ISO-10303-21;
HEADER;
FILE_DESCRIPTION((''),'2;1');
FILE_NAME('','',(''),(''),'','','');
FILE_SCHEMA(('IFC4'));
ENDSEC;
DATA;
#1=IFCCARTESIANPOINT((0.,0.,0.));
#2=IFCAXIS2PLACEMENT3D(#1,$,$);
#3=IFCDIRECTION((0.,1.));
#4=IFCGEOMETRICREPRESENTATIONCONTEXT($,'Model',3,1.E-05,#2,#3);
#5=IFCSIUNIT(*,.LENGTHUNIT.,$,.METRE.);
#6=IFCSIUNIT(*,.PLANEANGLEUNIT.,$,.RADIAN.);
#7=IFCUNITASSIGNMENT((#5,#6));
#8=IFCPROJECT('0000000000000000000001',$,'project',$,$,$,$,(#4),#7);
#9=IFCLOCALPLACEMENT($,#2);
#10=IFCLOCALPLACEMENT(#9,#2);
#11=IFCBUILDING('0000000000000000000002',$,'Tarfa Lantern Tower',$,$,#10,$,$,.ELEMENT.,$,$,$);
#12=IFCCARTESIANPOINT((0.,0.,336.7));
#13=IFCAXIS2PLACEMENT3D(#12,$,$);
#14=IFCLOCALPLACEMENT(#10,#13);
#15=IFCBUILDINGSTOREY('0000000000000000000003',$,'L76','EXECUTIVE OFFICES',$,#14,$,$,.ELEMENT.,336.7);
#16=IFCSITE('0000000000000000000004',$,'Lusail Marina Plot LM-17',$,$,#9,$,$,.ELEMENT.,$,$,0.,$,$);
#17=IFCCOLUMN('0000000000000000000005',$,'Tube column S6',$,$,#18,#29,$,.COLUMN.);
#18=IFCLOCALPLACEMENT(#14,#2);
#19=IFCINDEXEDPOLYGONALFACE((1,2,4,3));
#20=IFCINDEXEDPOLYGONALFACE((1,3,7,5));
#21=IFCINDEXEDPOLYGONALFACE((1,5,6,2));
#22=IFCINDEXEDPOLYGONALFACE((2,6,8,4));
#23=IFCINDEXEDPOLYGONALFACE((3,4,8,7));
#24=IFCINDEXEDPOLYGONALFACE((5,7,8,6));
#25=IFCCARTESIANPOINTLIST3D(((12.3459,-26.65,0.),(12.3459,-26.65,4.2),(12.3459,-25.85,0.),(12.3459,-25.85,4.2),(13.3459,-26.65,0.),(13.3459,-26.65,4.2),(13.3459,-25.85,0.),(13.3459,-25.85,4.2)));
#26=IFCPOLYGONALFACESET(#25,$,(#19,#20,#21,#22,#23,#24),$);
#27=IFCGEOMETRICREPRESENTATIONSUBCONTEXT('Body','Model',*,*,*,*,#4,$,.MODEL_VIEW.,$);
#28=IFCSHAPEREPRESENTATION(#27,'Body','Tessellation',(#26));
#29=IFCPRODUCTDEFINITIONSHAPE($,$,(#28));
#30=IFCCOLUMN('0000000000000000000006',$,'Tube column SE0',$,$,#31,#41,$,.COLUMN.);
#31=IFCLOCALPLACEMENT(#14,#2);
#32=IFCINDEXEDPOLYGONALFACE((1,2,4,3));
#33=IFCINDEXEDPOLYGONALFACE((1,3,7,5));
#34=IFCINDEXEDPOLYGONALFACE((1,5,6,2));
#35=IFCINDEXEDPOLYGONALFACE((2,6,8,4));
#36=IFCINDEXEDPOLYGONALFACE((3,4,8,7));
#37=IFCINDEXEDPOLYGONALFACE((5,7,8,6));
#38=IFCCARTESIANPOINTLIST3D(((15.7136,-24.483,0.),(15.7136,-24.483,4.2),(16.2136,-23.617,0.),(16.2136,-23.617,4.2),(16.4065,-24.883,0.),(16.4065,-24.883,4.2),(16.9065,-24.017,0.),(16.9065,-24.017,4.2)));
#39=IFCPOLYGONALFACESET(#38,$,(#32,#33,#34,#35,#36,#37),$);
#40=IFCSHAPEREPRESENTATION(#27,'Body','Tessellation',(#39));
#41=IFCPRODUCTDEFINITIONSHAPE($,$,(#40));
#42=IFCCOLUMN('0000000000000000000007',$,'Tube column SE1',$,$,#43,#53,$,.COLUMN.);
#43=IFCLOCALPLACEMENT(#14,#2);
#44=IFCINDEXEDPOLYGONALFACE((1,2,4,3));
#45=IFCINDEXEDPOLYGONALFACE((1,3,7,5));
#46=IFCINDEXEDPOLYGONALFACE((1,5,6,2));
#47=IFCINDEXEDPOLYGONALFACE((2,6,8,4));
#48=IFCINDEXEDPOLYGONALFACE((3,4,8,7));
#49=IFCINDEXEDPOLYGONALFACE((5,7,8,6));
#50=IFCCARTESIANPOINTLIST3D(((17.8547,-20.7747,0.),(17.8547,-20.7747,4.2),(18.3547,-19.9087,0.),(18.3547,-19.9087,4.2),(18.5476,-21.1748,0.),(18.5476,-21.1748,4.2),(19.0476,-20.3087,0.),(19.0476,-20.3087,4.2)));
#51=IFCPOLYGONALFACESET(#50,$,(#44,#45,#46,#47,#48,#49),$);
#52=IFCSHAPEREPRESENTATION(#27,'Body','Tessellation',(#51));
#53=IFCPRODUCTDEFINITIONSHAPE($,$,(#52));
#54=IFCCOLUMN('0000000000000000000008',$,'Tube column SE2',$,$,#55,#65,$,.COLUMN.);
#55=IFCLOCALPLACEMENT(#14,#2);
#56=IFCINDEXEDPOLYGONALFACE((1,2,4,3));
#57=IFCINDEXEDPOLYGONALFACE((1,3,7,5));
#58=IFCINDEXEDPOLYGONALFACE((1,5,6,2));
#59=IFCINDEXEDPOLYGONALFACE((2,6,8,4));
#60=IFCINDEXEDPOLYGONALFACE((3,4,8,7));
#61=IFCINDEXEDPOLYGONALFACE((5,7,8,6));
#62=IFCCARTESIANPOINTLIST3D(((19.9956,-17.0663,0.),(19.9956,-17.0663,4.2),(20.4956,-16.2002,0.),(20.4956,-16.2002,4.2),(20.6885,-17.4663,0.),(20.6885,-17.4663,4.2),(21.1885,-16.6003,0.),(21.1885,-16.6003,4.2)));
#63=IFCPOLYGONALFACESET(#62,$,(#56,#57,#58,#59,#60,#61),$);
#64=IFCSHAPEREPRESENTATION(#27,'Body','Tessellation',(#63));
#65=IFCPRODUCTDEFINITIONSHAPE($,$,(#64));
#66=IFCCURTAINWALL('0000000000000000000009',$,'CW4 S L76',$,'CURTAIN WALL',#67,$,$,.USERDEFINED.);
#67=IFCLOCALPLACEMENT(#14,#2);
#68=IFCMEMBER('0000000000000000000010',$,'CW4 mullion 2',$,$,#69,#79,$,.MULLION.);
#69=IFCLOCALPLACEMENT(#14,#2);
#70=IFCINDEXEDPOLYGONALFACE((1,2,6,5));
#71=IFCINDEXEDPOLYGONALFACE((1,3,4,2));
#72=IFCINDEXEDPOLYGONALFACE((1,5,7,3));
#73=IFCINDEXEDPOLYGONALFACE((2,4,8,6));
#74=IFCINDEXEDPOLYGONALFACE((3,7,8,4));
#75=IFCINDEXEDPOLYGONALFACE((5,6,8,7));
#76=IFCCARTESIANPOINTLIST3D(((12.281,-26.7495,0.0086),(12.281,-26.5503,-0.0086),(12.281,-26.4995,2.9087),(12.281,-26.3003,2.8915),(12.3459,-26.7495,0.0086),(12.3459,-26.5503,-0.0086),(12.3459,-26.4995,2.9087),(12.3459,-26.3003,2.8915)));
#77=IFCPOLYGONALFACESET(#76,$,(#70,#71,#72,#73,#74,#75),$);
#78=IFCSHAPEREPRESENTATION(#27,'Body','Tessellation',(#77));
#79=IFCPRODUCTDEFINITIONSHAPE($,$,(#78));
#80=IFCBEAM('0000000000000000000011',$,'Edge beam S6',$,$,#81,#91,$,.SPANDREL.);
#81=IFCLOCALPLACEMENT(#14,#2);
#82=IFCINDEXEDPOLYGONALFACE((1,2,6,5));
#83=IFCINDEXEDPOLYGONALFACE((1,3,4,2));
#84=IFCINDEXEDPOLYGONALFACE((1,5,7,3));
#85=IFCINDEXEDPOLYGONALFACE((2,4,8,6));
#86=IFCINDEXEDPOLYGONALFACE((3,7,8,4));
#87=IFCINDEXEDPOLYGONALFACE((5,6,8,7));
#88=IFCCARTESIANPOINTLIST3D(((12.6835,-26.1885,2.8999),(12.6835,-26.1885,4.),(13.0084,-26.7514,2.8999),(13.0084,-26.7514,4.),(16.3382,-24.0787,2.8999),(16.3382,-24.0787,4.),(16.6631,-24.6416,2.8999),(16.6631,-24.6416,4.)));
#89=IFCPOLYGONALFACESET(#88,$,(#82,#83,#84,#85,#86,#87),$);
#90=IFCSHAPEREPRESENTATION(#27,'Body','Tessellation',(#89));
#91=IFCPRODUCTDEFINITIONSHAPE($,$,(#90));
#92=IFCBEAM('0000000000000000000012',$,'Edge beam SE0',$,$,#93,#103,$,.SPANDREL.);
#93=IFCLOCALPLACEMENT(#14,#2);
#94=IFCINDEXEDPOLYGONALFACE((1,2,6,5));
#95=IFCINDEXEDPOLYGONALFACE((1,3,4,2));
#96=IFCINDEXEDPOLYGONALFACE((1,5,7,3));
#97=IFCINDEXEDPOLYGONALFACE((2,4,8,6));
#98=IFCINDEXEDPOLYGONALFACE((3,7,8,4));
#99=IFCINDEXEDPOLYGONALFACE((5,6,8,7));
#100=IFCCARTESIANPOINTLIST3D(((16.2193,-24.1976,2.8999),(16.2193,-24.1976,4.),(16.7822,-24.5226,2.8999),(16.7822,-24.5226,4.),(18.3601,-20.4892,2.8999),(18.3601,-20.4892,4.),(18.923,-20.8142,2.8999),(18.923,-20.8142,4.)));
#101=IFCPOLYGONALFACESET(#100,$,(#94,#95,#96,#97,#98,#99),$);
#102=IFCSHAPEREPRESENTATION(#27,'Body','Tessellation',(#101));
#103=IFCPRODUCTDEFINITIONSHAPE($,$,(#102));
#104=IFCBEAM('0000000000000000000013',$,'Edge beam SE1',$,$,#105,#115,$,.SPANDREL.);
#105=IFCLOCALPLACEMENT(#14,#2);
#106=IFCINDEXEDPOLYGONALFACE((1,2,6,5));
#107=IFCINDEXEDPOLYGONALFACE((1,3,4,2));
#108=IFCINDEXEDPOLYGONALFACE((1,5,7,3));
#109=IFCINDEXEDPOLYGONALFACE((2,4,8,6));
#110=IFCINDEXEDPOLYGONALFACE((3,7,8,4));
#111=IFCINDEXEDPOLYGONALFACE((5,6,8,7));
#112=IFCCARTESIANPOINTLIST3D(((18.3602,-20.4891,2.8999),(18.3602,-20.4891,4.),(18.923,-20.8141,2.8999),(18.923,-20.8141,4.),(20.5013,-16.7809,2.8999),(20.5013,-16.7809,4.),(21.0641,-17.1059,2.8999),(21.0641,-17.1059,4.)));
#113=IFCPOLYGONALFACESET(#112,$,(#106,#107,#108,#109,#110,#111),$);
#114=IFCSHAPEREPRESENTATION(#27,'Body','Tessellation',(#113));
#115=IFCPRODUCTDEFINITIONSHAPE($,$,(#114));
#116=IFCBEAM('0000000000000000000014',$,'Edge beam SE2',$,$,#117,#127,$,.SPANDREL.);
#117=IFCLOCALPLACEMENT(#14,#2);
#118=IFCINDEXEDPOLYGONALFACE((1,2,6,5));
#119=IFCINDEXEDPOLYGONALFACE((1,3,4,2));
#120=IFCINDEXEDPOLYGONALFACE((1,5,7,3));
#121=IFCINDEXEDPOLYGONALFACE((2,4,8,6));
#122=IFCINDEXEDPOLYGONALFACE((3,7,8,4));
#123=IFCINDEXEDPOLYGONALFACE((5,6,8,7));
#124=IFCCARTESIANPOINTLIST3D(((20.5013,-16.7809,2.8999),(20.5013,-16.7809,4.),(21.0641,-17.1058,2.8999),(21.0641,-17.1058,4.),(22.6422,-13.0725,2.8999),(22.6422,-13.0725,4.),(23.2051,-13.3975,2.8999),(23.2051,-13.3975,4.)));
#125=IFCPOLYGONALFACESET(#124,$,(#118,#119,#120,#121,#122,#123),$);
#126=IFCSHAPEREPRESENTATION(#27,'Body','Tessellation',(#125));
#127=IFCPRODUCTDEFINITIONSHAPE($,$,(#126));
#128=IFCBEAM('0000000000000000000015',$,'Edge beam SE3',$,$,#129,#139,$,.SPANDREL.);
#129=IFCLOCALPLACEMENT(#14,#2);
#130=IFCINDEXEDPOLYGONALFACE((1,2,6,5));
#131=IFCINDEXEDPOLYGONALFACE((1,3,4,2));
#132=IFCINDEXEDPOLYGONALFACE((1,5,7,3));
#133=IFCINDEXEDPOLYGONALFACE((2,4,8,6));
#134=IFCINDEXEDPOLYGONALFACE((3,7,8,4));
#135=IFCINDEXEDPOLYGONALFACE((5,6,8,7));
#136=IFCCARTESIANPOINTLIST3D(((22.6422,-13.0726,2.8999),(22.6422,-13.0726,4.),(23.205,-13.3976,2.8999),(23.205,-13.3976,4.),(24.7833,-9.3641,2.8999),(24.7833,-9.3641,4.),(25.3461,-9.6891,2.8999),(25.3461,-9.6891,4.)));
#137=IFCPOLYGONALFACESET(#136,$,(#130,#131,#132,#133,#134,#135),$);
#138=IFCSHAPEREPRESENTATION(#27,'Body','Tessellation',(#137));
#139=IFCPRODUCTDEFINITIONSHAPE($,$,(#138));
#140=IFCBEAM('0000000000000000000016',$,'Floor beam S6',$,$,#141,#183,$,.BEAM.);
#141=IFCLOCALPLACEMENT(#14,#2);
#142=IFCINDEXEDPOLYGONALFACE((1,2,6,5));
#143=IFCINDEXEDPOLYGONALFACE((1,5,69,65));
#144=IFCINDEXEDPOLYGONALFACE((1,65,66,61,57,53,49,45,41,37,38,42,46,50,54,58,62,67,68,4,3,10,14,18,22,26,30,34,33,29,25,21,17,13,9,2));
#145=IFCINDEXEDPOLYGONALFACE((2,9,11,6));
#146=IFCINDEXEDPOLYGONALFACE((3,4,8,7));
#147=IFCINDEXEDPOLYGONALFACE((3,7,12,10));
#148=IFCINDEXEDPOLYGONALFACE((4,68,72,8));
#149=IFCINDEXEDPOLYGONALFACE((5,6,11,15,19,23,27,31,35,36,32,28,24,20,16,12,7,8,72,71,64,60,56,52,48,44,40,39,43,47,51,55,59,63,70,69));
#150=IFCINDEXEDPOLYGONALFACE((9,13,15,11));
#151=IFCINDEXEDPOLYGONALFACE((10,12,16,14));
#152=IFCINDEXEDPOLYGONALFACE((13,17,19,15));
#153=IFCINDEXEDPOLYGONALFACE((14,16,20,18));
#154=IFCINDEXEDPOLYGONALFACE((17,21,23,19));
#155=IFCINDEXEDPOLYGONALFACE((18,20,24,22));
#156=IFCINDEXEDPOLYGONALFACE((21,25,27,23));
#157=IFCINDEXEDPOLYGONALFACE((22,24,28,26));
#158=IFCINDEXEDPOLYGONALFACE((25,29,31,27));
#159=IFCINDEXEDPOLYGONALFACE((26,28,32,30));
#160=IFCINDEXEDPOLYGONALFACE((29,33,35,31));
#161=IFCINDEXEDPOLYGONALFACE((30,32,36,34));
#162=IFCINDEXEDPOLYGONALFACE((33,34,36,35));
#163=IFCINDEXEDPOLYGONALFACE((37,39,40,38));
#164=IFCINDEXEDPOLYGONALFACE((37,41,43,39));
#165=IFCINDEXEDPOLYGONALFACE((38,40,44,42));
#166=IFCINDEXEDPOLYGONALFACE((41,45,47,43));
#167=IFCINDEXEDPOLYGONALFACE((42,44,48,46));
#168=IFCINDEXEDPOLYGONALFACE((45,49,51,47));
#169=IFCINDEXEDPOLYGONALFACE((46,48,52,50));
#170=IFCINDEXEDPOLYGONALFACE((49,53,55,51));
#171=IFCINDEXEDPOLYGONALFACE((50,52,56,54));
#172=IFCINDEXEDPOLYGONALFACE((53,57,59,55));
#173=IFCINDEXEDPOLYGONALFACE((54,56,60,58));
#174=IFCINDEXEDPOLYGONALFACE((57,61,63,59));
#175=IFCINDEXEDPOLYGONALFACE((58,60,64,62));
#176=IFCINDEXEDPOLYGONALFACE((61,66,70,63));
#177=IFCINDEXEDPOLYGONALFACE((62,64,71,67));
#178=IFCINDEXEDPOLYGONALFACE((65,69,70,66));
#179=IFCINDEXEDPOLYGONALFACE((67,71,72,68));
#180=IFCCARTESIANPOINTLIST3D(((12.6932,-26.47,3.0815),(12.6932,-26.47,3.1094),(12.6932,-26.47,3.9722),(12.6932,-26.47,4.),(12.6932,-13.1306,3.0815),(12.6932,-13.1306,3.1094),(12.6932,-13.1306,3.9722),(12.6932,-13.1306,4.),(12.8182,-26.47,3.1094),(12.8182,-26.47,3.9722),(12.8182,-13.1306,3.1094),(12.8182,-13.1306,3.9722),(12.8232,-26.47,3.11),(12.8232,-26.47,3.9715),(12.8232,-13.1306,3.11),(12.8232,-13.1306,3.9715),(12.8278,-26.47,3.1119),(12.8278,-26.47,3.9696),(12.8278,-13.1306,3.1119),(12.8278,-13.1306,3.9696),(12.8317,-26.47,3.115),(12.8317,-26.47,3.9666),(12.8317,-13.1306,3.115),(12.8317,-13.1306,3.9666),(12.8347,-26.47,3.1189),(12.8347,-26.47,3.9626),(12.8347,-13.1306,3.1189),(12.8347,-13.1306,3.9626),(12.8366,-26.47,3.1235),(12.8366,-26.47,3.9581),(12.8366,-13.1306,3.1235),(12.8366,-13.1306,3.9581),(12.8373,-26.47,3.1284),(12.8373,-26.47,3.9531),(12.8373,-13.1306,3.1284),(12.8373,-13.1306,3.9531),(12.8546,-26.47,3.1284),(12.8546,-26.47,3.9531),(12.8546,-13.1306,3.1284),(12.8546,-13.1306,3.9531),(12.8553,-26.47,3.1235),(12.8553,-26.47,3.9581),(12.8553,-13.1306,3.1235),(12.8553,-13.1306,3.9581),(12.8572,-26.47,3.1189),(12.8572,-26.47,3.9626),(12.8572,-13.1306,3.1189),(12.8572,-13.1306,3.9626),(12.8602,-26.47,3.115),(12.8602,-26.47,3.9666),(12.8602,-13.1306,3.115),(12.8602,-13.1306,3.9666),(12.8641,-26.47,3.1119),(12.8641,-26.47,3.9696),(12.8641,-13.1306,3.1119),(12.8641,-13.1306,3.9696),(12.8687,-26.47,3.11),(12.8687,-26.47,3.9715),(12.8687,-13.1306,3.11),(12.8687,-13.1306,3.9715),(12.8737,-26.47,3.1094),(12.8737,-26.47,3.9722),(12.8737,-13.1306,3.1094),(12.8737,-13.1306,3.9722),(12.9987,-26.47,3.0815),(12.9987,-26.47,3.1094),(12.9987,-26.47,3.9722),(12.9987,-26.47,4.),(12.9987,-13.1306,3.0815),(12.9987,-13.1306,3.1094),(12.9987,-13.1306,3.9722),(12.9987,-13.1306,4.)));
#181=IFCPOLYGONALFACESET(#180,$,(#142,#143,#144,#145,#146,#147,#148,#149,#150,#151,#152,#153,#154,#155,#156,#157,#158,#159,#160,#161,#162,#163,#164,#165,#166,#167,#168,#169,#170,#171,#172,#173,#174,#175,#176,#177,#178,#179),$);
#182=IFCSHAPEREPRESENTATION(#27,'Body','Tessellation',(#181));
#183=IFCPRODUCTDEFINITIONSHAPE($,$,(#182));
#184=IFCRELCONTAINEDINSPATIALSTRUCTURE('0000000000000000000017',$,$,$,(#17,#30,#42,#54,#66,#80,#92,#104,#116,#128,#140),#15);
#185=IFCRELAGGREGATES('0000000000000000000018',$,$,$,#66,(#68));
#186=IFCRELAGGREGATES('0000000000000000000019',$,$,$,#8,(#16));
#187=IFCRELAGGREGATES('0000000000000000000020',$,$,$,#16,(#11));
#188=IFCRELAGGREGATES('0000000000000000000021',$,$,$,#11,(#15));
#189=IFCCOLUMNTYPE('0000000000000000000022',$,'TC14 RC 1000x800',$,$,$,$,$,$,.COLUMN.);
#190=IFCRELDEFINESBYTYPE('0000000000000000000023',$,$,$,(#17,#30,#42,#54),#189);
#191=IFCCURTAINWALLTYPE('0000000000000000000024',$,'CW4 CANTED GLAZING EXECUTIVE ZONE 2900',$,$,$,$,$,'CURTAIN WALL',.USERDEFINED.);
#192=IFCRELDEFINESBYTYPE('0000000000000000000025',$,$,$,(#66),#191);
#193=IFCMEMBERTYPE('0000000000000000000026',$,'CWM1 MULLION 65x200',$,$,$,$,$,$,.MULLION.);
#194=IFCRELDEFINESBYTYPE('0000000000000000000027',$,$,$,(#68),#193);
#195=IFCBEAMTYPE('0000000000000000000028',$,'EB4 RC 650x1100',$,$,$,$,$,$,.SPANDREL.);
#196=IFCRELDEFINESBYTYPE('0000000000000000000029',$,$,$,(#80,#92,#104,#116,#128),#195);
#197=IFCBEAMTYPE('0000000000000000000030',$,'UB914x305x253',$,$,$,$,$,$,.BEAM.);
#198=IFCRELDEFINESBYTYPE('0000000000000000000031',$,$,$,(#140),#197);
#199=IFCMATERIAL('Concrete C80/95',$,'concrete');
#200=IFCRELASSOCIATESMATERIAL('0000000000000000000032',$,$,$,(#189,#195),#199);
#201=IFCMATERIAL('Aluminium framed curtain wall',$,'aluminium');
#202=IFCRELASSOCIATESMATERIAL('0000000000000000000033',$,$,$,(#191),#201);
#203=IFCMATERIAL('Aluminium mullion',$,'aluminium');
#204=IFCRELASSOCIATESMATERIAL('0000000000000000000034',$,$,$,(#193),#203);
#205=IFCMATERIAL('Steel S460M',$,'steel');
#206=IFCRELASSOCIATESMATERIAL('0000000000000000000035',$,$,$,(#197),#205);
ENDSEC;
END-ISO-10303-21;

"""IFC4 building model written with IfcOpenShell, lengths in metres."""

from ifc_helpers import new_model, si_unit, direction, frame, origin, origin_2d, place, context, subcontext, project, spatial, rectangle, i_section, extrude, material, material_profile, profile_set, type_object, element, aggregate, save


model = new_model("IFC4")

# Units and contexts
model_context = context("Model", 3, precision=1e-05, world=origin(), true_north=direction((0.0, 1.0)))
body_context = subcontext(model_context, "Body", "Model", "MODEL_VIEW")
ifc_project = project(units=[si_unit("LENGTHUNIT", "METRE"), si_unit("PLANEANGLEUNIT", "RADIAN")], contexts=[model_context])

# Site, building, storey
site_placement = place(None, origin())
site = spatial("IfcSite", under=ifc_project, at=site_placement, Name="Lusail Marina Plot LM-17", CompositionType="ELEMENT", RefElevation=0.0)
building_placement = place(site_placement, origin())
building = spatial("IfcBuilding", under=site, at=building_placement, Name="Tarfa Lantern Tower", CompositionType="ELEMENT")
storey_placement = place(building_placement, frame((0.0, 0.0, 336.7)))
storey = spatial("IfcBuildingStorey", under=building, at=storey_placement, Name="L76", Description="EXECUTIVE OFFICES", CompositionType="ELEMENT", Elevation=336.7)

# Columns
ifc_material_1 = material(Name="Concrete C80/95", Category="concrete")
ifc_material_profile_1 = material_profile(ifc_material_1, rectangle(XDim=1.0, YDim=0.8, at=origin_2d()), Name="RC 1000x800")
ifc_profile_set_1 = profile_set([ifc_material_profile_1], Name="Concrete C80/95")
column_type = type_object("IfcColumnType", Name="TC14 RC 1000x800", PredefinedType="COLUMN", material=ifc_profile_set_1)
for number, where, z_axis, x_axis, name in (
    (1, (12.8459, -26.25, 0.0), (0.0, 0.0, 1.0), (1.0, 0.0, 0.0), "Tube column S6"),
    (2, (16.3101, -24.25, 0.0), (0.0, 0.0, 1.0), (0.5, 0.866025, 0.0), "Tube column SE0"),
    (3, (18.4512, -20.5417, 0.0), (0.0, 0.0, 1.0), (0.5, 0.866025, 0.0), "Tube column SE1"),
    (4, (20.592, -16.8333, 0.0), (0.0, 0.0, 1.0), (0.5, 0.866025, 0.0), "Tube column SE2"),
):
    element("IfcColumn", number, at=place(storey_placement, frame(where, z_axis=z_axis, x_axis=x_axis)), inside=storey, type_object=column_type, Name=name, PredefinedType="COLUMN", context=body_context, shape_type="SweptSolid", body=[
        extrude(rectangle(XDim=1.0, YDim=0.8, at=origin_2d()), origin(), (0.0, 0.0, 1.0), 4.2),
    ])

# Curtain wall, member
ifc_material_2 = material(Name="Aluminium framed curtain wall", Category="aluminium")
curtain_wall_type = type_object("IfcCurtainWallType", Name="CW4 CANTED GLAZING EXECUTIVE ZONE 2900", ElementType="CURTAIN WALL", PredefinedType="USERDEFINED", material=ifc_material_2)
curtain_wall_placement = place(storey_placement, origin())
curtain_wall = element("IfcCurtainWall", 5, at=curtain_wall_placement, inside=storey, type_object=curtain_wall_type, Name="CW4 S L76", ObjectType="CURTAIN WALL", PredefinedType="USERDEFINED")
ifc_material_3 = material(Name="Aluminium mullion", Category="aluminium")
ifc_material_profile_2 = material_profile(ifc_material_3, rectangle(XDim=0.0649, YDim=0.2, at=origin_2d()), Name="AL MULLION 65x200")
ifc_profile_set_2 = profile_set([ifc_material_profile_2], Name="Aluminium mullion")
member_type = type_object("IfcMemberType", Name="CWM1 MULLION 65x200", PredefinedType="MULLION", material=ifc_profile_set_2)
member_placement = place(storey_placement, frame((12.3135, -26.6499, 0.0), z_axis=(0.0, 0.085884, 0.996305), x_axis=(-1.0, 0.0, 0.0)))
member = element("IfcMember", 6, at=member_placement, type_object=member_type, Name="CW4 mullion 2", PredefinedType="MULLION", context=body_context, shape_type="SweptSolid", body=[
    extrude(rectangle(XDim=0.0649, YDim=0.2, at=origin_2d()), origin(), (0.0, 0.0, 1.0), 2.9109),
])
aggregate(curtain_wall, [member])

# Beams
ifc_material_profile_3 = material_profile(ifc_material_1, rectangle(XDim=0.6499, YDim=1.1001, at=origin_2d()), Name="RC 650x1100")
ifc_profile_set_3 = profile_set([ifc_material_profile_3], Name="Concrete C80/95")
beam_type_1 = type_object("IfcBeamType", Name="EB4 RC 650x1100", PredefinedType="SPANDREL", material=ifc_profile_set_3)
beam_1_placement = place(storey_placement, frame((12.8459, -26.47, 3.45), z_axis=(0.866049, 0.499959, 0.0), x_axis=(-0.499959, 0.866049, 0.0)))
element("IfcBeam", 7, at=beam_1_placement, inside=storey, type_object=beam_type_1, Name="Edge beam S6", PredefinedType="SPANDREL", context=body_context, shape_type="SweptSolid", body=[
    extrude(rectangle(XDim=0.6499, YDim=1.1001, at=origin_2d()), origin(), (0.0, 0.0, 1.0), 4.22),
])
for number, where, z_axis, x_axis, name in (
    (8, (16.5007, -24.3601, 3.45), (0.499959, 0.866049, 0.0), (-0.866049, 0.499959, 0.0), "Edge beam SE0"),
    (9, (18.6416, -20.6516, 3.45), (0.500027, 0.86601, 0.0), (-0.86601, 0.500027, 0.0), "Edge beam SE1"),
    (10, (20.7827, -16.9434, 3.45), (0.499984, 0.866035, 0.0), (-0.866035, 0.499984, 0.0), "Edge beam SE2"),
):
    element("IfcBeam", number, at=place(storey_placement, frame(where, z_axis=z_axis, x_axis=x_axis)), inside=storey, type_object=beam_type_1, Name=name, PredefinedType="SPANDREL", context=body_context, shape_type="SweptSolid", body=[
        extrude(rectangle(XDim=0.6499, YDim=1.1001, at=origin_2d()), origin(), (0.0, 0.0, 1.0), 4.282),
    ])
beam_2_placement = place(storey_placement, frame((22.9236, -13.2351, 3.45), z_axis=(0.500002, 0.866024, 0.0), x_axis=(-0.866024, 0.500002, 0.0)))
element("IfcBeam", 11, at=beam_2_placement, inside=storey, type_object=beam_type_1, Name="Edge beam SE3", PredefinedType="SPANDREL", context=body_context, shape_type="SweptSolid", body=[
    extrude(rectangle(XDim=0.6499, YDim=1.1001, at=origin_2d()), origin(), (0.0, 0.0, 1.0), 4.2822),
])
ifc_material_4 = material(Name="Steel S460M", Category="steel")
ifc_material_profile_4 = material_profile(ifc_material_4, i_section(OverallWidth=0.3054, OverallDepth=0.9185, WebThickness=0.0173, FlangeThickness=0.0278, FilletRadius=0.019, at=origin_2d()), Name="UB914x305x253")
ifc_profile_set_4 = profile_set([ifc_material_profile_4], Name="Steel S460M")
beam_type_2 = type_object("IfcBeamType", Name="UB914x305x253", PredefinedType="BEAM", material=ifc_profile_set_4)
beam_3_placement = place(storey_placement, frame((12.8459, -26.47, 3.5408), z_axis=(0.0, 1.0, 0.0), x_axis=(-1.0, 0.0, 0.0)))
element("IfcBeam", 12, at=beam_3_placement, inside=storey, type_object=beam_type_2, Name="Floor beam S6", PredefinedType="BEAM", context=body_context, shape_type="SweptSolid", body=[
    extrude(i_section(OverallWidth=0.3054, OverallDepth=0.9185, WebThickness=0.0173, FlangeThickness=0.0278, FilletRadius=0.019, at=origin_2d()), origin(), (0.0, 0.0, 1.0), 13.3394),
])

save(model, "model.ifc")
